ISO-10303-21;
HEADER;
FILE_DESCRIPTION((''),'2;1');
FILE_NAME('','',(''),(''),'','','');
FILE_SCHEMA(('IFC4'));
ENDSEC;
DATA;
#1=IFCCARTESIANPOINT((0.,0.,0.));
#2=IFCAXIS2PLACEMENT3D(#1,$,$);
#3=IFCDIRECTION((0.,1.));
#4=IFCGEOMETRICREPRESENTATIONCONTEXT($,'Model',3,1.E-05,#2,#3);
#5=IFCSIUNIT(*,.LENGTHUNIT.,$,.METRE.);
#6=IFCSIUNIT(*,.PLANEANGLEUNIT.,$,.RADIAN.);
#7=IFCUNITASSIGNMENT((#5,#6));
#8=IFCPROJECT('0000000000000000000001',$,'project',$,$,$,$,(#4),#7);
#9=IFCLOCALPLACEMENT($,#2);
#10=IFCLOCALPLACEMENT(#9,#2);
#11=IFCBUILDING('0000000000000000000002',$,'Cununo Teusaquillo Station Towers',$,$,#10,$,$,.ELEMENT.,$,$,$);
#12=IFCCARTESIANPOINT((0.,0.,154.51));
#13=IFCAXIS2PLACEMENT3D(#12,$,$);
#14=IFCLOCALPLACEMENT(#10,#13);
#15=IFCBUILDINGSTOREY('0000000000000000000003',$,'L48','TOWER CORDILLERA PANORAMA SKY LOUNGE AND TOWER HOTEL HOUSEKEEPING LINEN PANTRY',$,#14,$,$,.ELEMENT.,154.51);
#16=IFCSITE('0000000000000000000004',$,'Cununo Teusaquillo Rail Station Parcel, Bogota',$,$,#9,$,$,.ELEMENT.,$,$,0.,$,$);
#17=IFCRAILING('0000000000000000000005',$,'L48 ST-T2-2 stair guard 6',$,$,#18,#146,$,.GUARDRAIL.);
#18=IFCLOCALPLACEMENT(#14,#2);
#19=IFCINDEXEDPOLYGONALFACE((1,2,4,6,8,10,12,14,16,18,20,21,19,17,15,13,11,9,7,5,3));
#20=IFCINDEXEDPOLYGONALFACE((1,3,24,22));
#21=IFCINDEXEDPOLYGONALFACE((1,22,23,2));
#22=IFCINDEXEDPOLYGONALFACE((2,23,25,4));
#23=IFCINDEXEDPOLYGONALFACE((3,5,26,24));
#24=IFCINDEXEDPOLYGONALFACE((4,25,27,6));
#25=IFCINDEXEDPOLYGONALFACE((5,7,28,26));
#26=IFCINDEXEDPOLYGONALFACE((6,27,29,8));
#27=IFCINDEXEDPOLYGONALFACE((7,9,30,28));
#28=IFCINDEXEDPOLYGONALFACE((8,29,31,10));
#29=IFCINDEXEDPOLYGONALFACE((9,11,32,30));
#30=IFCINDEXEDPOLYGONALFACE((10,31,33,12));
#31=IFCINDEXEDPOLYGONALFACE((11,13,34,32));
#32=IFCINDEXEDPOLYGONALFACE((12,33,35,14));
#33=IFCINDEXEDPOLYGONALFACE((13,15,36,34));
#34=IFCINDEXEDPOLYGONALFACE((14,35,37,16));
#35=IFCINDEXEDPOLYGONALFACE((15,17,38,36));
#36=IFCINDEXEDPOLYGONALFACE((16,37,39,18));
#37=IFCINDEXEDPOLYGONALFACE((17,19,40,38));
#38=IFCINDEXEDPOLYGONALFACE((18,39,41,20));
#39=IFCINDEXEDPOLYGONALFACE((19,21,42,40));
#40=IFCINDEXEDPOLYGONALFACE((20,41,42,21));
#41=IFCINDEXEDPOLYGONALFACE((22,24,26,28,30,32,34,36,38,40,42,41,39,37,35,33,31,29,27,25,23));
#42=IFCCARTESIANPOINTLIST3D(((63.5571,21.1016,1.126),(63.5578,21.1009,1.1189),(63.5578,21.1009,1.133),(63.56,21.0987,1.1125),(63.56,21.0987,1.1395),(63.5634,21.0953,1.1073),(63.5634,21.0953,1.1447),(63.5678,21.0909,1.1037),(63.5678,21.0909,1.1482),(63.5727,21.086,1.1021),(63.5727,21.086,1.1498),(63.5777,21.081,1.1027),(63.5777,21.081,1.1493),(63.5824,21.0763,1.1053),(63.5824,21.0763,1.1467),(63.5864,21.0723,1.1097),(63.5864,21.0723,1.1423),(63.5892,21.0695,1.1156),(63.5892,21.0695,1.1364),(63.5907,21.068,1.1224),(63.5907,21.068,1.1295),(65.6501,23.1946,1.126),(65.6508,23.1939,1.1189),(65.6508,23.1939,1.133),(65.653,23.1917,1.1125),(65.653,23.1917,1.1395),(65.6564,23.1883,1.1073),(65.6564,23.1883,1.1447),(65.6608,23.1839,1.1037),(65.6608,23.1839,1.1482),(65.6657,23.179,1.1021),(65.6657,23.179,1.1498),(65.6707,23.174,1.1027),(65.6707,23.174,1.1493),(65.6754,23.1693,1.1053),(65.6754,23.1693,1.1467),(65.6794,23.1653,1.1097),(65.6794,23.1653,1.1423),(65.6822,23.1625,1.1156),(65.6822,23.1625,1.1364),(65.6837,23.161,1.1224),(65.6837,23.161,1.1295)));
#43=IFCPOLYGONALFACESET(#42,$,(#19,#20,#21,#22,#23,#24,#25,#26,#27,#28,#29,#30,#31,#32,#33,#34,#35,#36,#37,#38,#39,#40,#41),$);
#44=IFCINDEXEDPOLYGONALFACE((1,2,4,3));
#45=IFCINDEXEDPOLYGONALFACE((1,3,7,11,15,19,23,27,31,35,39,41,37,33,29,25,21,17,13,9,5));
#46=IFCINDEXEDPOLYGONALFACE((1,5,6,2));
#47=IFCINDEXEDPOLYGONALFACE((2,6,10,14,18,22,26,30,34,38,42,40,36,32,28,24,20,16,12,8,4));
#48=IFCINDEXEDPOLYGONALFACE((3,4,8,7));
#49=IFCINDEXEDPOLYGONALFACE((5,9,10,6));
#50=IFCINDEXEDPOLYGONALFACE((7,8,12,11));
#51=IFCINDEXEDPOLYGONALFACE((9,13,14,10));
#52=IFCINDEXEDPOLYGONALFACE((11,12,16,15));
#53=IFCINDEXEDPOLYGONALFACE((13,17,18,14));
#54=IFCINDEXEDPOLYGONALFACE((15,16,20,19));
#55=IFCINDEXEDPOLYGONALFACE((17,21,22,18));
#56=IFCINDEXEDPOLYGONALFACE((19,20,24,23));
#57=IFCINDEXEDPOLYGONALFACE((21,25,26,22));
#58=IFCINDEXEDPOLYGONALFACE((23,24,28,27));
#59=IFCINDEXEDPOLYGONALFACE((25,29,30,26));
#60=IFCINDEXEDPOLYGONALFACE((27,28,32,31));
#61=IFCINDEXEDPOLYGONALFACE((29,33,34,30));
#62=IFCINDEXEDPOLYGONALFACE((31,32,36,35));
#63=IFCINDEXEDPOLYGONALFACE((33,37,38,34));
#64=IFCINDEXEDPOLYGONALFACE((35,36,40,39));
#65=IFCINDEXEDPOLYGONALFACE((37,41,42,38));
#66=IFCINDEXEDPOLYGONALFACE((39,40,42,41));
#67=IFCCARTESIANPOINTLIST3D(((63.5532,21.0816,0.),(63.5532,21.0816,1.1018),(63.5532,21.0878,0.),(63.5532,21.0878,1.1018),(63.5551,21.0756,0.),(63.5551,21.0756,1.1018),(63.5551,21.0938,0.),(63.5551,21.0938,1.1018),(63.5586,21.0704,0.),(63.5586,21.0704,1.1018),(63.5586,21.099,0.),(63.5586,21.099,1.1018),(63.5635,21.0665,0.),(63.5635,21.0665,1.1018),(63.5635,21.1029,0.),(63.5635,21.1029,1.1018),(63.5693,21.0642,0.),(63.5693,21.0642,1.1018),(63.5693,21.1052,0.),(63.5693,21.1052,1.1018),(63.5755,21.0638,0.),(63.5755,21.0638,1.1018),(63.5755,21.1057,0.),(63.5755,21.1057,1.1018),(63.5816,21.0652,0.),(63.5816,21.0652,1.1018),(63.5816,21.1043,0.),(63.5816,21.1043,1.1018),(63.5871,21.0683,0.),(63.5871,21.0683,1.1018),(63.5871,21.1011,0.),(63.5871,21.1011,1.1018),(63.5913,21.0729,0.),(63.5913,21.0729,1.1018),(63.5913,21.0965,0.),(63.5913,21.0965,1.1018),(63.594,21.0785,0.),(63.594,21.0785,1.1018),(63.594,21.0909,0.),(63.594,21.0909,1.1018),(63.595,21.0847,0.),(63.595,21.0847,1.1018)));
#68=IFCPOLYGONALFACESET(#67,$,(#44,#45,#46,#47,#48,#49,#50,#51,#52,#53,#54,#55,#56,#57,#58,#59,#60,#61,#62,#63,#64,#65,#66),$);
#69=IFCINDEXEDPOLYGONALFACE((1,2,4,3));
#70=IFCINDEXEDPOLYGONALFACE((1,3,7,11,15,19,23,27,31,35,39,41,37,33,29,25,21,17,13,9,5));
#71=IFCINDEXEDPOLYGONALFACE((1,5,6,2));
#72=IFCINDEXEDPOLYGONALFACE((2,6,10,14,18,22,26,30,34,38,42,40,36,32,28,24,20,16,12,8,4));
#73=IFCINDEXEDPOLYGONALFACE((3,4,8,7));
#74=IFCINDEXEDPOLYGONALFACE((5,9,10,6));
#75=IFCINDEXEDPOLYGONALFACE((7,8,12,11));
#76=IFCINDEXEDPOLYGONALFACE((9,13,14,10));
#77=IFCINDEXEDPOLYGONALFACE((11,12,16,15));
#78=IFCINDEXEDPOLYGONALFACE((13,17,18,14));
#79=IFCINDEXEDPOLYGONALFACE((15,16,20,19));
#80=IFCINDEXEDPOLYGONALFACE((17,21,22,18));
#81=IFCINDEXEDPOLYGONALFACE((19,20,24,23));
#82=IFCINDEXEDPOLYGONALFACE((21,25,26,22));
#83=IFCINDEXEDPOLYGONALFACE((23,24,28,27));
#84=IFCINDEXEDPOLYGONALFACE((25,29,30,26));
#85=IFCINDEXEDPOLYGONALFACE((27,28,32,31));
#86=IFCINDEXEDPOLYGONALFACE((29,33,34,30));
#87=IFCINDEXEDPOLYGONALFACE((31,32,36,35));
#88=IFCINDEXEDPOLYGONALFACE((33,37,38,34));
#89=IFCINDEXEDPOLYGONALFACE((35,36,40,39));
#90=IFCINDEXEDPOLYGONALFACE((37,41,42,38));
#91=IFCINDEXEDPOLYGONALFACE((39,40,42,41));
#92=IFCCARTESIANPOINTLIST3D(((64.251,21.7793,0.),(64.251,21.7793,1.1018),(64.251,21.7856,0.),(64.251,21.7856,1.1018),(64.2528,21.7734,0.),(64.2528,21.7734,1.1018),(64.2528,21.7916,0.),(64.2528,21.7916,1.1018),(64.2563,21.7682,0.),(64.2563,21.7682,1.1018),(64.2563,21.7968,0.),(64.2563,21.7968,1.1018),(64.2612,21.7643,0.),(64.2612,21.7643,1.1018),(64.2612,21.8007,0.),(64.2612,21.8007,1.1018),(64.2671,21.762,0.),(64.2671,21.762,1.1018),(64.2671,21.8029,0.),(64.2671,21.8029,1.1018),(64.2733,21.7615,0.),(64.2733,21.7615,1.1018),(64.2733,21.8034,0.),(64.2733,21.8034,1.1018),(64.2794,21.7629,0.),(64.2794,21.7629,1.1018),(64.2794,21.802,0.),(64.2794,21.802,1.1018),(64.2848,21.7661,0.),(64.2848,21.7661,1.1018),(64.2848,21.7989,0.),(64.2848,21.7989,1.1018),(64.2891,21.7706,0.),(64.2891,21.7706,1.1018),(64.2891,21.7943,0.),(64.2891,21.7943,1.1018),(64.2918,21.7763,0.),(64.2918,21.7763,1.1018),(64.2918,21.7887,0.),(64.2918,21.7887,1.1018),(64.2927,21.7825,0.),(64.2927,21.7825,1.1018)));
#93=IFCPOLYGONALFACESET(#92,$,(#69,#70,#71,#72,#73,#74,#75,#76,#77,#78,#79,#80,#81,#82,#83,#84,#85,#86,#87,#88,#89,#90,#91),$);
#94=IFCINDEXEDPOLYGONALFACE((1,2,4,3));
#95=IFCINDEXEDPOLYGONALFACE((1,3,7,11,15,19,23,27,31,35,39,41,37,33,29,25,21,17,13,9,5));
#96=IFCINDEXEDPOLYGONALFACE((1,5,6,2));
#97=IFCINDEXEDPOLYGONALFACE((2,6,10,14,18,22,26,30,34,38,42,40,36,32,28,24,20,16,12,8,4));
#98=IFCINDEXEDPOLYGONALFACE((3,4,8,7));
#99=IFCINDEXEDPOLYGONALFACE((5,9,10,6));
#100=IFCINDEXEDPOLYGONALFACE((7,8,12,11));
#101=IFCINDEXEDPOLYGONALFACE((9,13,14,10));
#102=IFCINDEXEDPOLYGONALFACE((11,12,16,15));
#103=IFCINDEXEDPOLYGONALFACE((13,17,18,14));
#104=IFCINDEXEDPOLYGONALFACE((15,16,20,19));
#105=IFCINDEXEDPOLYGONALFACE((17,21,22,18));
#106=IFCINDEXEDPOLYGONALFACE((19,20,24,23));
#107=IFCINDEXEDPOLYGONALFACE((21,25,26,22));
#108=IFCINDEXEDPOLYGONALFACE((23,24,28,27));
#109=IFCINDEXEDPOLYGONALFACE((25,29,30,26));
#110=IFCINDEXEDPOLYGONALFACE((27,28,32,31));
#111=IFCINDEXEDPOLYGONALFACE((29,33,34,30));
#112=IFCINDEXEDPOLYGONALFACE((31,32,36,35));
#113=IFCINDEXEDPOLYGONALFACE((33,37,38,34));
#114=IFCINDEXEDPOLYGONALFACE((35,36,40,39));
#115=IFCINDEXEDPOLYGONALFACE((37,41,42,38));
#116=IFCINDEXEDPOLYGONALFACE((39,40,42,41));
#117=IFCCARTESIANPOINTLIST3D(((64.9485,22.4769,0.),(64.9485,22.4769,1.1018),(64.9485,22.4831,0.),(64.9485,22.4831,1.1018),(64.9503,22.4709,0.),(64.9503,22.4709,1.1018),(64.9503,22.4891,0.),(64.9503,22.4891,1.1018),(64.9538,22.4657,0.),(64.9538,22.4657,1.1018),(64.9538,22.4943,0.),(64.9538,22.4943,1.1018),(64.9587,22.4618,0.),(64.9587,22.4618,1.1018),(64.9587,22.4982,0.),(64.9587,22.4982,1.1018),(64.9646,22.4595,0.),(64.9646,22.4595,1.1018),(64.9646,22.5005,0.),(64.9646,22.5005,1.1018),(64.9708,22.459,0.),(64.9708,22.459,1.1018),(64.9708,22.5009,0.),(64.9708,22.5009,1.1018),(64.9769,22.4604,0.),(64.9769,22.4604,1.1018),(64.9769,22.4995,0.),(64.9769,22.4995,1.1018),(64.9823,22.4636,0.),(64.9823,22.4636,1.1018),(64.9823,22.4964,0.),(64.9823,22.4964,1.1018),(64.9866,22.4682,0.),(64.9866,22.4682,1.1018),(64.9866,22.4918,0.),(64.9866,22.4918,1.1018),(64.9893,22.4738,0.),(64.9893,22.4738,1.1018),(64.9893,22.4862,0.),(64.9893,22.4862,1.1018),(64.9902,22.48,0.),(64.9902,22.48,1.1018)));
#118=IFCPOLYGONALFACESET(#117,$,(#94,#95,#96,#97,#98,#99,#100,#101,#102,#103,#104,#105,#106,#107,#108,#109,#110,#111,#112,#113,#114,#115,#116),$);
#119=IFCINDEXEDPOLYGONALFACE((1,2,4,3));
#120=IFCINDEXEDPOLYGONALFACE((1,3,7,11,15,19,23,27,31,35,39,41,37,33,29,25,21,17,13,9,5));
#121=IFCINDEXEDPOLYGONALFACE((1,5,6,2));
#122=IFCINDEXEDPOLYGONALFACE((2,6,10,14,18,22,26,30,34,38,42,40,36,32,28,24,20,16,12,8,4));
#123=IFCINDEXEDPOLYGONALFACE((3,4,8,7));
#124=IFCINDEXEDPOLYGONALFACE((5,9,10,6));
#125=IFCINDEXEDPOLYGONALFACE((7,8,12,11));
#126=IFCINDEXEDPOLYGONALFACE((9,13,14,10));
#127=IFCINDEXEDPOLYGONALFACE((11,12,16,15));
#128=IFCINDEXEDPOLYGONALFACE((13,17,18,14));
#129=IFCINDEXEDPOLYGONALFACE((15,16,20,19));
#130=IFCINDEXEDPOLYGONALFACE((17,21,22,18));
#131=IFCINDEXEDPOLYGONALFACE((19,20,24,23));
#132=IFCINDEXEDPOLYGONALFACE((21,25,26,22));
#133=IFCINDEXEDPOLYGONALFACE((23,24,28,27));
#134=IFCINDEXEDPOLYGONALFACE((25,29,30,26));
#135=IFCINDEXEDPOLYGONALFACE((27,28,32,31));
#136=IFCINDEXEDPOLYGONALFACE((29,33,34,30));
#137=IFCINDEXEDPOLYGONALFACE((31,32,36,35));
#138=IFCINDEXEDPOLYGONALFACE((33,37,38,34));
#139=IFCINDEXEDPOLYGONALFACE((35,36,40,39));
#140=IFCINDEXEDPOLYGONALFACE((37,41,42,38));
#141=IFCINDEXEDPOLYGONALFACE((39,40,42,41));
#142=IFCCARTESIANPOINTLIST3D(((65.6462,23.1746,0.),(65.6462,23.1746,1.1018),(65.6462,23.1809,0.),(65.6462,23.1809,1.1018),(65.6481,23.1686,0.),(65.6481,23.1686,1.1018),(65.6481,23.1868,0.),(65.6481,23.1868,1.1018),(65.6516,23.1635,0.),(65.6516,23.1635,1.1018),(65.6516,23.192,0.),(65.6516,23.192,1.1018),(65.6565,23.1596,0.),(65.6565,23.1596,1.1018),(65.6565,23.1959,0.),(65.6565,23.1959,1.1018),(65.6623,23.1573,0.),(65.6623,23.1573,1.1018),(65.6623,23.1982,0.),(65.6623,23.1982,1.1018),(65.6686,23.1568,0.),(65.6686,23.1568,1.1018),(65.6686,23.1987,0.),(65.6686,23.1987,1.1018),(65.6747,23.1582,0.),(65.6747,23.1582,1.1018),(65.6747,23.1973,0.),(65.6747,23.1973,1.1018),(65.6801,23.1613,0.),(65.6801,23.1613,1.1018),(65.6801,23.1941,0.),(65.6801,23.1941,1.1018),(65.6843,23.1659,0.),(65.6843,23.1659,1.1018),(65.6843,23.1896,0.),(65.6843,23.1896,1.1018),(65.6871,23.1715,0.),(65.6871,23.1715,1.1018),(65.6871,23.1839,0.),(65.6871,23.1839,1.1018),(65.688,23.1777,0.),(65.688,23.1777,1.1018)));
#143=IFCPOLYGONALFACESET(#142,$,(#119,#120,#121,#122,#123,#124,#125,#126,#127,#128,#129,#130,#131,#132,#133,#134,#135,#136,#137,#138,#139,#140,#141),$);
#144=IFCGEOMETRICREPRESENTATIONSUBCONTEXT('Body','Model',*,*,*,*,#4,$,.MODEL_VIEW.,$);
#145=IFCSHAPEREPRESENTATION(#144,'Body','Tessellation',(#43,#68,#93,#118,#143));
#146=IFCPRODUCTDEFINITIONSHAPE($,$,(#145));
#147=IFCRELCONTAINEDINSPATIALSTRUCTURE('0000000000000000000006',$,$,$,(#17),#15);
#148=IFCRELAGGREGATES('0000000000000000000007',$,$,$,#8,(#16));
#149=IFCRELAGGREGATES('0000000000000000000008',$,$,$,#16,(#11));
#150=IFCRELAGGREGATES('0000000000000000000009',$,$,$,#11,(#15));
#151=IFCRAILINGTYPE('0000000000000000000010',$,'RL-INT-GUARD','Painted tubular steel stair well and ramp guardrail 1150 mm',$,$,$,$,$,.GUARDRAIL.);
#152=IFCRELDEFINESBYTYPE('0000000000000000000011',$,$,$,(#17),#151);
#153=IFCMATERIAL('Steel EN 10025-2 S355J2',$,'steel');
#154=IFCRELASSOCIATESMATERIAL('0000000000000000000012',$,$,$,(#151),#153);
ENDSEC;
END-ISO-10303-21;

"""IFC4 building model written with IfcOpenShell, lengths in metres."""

from ifc_helpers import new_model, si_unit, direction, frame, origin, origin_2d, place, context, subcontext, project, spatial, circle, extrude, material, type_object, element, save


model = new_model("IFC4")

# Units and contexts
model_context = context("Model", 3, precision=1e-05, world=origin(), true_north=direction((0.0, 1.0)))
body_context = subcontext(model_context, "Body", "Model", "MODEL_VIEW")
ifc_project = project(units=[si_unit("LENGTHUNIT", "METRE"), si_unit("PLANEANGLEUNIT", "RADIAN")], contexts=[model_context])

# Site, building, storey
site_placement = place(None, origin())
site = spatial("IfcSite", under=ifc_project, at=site_placement, Name="Cununo Teusaquillo Rail Station Parcel, Bogota", CompositionType="ELEMENT", RefElevation=0.0)
building_placement = place(site_placement, origin())
building = spatial("IfcBuilding", under=site, at=building_placement, Name="Cununo Teusaquillo Station Towers", CompositionType="ELEMENT")
storey_placement = place(building_placement, frame((0.0, 0.0, 154.51)))
storey = spatial("IfcBuildingStorey", under=building, at=storey_placement, Name="L48", Description="TOWER CORDILLERA PANORAMA SKY LOUNGE AND TOWER HOTEL HOUSEKEEPING LINEN PANTRY", CompositionType="ELEMENT", Elevation=154.51)

# Railing
ifc_material_1 = material(Name="Steel EN 10025-2 S355J2", Category="steel")
railing_type = type_object("IfcRailingType", Name="RL-INT-GUARD", Description="Painted tubular steel stair well and ramp guardrail 1150 mm", PredefinedType="GUARDRAIL", material=ifc_material_1)
railing_1_placement = place(storey_placement, frame((63.574, 21.0847, 0.0)))
element("IfcRailing", 1, at=railing_1_placement, inside=storey, type_object=railing_type, Name="L48 ST-T2-2 stair guard 6", PredefinedType="GUARDRAIL", context=body_context, shape_type="SweptSolid", body=[
    extrude(circle(Radius=0.0239, at=origin_2d()), frame((0.0, 0.0, 1.126), z_axis=(0.707107, 0.707107, 0.0), x_axis=(-0.707107, 0.707107, 0.0)), (0.0, 0.0, 1.0), 2.96),
    extrude(circle(Radius=0.021, at=origin_2d()), origin(), (0.0, 0.0, 1.0), 1.1018),
    extrude(circle(Radius=0.021, at=origin_2d()), frame((0.6978, 0.6978, 0.0)), (0.0, 0.0, 1.0), 1.1018),
    extrude(circle(Radius=0.021, at=origin_2d()), frame((1.3953, 1.3953, 0.0)), (0.0, 0.0, 1.0), 1.1018),
    extrude(circle(Radius=0.021, at=origin_2d()), frame((2.093, 2.093, 0.0)), (0.0, 0.0, 1.0), 1.1018),
])

save(model, "model.ifc")
